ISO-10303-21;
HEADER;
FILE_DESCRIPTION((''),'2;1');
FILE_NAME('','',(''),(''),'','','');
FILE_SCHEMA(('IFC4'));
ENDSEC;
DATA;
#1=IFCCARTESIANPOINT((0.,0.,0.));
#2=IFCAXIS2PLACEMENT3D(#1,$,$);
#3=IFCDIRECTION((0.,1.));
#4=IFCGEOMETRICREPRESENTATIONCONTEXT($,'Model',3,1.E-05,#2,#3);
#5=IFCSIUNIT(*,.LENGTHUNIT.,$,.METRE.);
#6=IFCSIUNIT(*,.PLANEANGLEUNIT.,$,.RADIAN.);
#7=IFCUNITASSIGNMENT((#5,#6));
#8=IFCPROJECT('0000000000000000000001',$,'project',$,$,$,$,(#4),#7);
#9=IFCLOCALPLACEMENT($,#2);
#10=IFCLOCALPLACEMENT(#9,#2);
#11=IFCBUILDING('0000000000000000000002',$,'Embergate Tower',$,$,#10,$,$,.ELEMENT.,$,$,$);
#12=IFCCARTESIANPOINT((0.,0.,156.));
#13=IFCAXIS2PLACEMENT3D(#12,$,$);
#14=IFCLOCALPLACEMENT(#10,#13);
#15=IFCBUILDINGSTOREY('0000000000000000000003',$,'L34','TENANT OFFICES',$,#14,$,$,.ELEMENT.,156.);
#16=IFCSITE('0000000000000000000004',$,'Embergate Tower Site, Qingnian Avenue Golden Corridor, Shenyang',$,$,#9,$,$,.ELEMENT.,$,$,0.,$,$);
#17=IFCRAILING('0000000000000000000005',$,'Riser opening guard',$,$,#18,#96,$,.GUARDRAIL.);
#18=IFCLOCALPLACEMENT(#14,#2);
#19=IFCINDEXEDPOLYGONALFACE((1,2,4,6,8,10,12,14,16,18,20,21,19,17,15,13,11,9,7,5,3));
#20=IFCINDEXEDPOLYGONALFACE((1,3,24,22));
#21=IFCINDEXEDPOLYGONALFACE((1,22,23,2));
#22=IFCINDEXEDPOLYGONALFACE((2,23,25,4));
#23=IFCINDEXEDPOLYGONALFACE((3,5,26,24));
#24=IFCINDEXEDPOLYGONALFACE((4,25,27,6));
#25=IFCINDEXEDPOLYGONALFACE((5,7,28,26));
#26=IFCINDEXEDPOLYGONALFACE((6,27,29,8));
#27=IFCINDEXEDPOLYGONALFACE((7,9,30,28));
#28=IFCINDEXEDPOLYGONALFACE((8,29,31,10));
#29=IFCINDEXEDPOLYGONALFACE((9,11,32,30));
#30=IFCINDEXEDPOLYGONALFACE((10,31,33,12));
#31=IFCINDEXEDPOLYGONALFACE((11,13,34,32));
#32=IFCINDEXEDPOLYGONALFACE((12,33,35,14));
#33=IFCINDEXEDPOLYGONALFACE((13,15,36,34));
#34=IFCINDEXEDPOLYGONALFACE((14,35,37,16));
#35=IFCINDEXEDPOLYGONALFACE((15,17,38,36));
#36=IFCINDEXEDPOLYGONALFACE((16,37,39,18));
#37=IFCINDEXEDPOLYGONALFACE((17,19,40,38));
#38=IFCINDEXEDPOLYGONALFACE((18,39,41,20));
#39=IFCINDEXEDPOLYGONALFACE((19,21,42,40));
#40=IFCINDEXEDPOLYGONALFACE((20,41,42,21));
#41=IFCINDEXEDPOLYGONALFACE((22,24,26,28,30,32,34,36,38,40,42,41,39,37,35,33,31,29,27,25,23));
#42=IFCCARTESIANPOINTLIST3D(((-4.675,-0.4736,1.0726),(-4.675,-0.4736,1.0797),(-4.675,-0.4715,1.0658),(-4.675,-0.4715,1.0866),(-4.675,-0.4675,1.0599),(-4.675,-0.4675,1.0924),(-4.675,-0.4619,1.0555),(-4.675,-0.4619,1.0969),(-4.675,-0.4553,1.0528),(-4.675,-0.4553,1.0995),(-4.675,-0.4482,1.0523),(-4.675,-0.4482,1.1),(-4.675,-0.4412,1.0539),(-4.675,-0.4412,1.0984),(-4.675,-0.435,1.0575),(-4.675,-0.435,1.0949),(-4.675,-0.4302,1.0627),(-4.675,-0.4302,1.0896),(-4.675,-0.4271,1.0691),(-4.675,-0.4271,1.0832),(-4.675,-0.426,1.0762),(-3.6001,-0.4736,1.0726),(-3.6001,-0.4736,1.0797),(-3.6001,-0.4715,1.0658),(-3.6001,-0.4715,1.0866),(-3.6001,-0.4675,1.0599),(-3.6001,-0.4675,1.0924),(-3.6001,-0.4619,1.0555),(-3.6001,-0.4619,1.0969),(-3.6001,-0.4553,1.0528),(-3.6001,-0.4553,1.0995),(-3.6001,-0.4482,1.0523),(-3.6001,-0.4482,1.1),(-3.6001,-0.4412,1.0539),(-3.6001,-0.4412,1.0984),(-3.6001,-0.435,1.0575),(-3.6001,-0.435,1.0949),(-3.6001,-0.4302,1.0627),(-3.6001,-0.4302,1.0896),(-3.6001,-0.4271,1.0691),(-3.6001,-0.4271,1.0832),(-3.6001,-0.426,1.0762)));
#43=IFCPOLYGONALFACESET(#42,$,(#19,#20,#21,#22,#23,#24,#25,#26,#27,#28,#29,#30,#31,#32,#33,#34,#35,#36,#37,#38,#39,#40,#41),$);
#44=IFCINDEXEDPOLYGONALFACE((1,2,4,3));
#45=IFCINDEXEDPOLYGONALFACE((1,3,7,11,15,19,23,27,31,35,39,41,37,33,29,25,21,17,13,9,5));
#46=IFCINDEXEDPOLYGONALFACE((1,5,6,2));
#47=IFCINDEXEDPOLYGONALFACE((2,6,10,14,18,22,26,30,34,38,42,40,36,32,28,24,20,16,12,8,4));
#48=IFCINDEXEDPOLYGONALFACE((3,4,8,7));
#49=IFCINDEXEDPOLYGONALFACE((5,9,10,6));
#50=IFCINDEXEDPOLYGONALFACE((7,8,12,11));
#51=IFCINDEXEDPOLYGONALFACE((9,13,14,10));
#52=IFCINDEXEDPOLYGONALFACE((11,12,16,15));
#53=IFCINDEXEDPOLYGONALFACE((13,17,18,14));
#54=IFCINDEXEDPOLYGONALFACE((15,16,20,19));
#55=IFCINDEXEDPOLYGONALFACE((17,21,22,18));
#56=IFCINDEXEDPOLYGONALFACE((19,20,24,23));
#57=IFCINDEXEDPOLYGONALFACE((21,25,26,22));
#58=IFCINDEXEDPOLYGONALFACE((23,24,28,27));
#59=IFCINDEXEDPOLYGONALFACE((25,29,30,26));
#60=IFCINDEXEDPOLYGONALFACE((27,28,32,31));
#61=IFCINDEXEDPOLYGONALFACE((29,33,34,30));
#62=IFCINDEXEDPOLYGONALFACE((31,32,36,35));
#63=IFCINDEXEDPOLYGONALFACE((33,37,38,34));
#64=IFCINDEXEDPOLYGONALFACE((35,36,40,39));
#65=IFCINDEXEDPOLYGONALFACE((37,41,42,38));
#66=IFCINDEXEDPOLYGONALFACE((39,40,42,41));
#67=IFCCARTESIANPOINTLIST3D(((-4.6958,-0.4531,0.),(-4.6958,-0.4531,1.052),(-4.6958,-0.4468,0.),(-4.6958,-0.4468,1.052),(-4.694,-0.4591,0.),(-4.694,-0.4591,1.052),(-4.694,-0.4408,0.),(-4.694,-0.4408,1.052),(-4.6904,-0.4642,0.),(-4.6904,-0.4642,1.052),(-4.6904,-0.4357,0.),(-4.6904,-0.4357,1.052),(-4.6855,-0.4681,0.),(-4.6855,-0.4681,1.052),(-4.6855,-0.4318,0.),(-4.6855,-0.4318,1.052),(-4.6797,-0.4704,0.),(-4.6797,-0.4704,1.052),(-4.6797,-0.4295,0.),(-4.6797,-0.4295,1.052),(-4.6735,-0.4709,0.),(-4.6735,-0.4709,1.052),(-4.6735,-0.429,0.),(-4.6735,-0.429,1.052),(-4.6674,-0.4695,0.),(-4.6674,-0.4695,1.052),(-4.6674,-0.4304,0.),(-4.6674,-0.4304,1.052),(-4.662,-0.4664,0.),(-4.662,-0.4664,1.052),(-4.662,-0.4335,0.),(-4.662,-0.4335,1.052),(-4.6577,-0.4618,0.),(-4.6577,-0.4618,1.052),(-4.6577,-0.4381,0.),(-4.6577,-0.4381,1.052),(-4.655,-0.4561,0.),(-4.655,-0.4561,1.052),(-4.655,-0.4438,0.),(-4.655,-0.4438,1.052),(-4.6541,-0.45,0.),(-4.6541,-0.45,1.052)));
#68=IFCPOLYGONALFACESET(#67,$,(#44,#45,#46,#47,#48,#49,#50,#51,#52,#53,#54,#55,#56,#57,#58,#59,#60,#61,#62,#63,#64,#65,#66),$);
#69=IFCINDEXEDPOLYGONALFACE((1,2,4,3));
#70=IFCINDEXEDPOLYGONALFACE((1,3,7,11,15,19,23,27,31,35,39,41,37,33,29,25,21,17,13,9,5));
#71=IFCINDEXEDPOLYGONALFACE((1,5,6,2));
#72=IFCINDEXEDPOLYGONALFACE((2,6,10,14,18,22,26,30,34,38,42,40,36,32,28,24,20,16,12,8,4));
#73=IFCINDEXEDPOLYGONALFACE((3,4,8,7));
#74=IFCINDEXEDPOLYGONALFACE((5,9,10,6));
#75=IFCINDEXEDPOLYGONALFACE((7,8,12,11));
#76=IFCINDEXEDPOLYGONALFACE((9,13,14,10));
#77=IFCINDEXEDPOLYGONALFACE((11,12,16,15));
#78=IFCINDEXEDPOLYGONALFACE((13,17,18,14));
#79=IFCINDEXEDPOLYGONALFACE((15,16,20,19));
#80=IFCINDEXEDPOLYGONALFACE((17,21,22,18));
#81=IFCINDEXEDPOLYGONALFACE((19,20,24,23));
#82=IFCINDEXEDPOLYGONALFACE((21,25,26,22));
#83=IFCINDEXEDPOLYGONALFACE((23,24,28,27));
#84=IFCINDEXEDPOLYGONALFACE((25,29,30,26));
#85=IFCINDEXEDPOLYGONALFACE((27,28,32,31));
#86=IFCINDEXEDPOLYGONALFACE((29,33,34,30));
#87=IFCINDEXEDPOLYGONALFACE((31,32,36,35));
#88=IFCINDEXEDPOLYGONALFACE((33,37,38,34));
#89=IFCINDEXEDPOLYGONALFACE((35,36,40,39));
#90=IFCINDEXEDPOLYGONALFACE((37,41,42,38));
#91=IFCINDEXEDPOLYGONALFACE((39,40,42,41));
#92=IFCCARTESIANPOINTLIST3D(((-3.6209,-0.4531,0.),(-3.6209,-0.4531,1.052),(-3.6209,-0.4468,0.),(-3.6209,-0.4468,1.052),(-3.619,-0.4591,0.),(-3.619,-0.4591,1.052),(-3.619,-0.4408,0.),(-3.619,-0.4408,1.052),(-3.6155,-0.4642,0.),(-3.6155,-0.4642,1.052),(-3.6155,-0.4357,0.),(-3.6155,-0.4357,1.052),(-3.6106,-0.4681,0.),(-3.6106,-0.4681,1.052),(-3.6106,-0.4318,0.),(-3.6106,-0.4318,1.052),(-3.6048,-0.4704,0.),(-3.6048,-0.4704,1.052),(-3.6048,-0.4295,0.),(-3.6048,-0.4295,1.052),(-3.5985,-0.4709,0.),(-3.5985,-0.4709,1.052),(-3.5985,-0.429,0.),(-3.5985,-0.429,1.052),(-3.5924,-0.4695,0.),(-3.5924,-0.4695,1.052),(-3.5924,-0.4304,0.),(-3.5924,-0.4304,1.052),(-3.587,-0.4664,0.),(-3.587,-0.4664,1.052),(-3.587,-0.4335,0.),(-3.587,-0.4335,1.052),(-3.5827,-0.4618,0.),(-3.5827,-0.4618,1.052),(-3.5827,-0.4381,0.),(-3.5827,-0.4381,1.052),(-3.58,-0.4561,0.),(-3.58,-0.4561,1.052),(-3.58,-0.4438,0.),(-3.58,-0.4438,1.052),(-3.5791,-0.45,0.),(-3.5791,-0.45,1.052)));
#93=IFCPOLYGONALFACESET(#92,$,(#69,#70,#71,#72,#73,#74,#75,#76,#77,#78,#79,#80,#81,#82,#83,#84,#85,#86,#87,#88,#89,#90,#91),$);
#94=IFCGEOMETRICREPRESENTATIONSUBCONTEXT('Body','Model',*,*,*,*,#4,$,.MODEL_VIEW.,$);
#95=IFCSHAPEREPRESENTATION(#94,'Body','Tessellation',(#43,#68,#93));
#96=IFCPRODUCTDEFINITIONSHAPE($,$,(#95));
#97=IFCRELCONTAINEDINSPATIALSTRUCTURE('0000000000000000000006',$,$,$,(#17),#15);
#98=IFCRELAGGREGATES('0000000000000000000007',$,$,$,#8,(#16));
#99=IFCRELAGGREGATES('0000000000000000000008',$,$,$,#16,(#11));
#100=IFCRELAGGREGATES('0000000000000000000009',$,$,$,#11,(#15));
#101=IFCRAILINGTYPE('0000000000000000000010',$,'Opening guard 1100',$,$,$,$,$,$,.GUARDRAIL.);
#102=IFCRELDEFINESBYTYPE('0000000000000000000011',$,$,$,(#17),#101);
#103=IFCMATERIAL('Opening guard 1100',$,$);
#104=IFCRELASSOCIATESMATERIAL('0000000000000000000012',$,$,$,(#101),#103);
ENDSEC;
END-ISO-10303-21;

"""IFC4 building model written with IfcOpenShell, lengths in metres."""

from ifc_helpers import new_model, si_unit, direction, frame, origin, origin_2d, place, context, subcontext, project, spatial, circle, extrude, source, transform, mapped, material, type_object, element, save


model = new_model("IFC4")

# Units and contexts
model_context = context("Model", 3, precision=1e-05, world=origin(), true_north=direction((0.0, 1.0)))
body_context = subcontext(model_context, "Body", "Model", "MODEL_VIEW")
ifc_project = project(units=[si_unit("LENGTHUNIT", "METRE"), si_unit("PLANEANGLEUNIT", "RADIAN")], contexts=[model_context])

# Site, building, storey
site_placement = place(None, origin())
site = spatial("IfcSite", under=ifc_project, at=site_placement, Name="Embergate Tower Site, Qingnian Avenue Golden Corridor, Shenyang", CompositionType="ELEMENT", RefElevation=0.0)
building_placement = place(site_placement, origin())
building = spatial("IfcBuilding", under=site, at=building_placement, Name="Embergate Tower", CompositionType="ELEMENT")
storey_placement = place(building_placement, frame((0.0, 0.0, 156.0)))
storey = spatial("IfcBuildingStorey", under=building, at=storey_placement, Name="L34", Description="TENANT OFFICES", CompositionType="ELEMENT", Elevation=156.0)

# Railing
ifc_material_1 = material(Name="Opening guard 1100")
railing_type_1 = type_object("IfcRailingType", Name="Opening guard 1100", PredefinedType="GUARDRAIL", material=ifc_material_1)
shared_shape_1 = source(origin(), body_context, "Body", "SweptSolid", [
    extrude(circle(Radius=0.0239, at=origin_2d()), frame((0.0, 0.0, 1.0762), z_axis=(1.0, 0.0, 0.0), x_axis=(0.0, 1.0, 0.0)), (0.0, 0.0, 1.0), 1.075),
    extrude(circle(Radius=0.021, at=origin_2d()), origin(), (0.0, 0.0, 1.0), 1.052),
    extrude(circle(Radius=0.021, at=origin_2d()), frame((1.075, 0.0, 0.0)), (0.0, 0.0, 1.0), 1.052),
])
railing_1_placement = place(storey_placement, frame((-4.675, -0.45, 0.0)))
element("IfcRailing", 1, at=railing_1_placement, inside=storey, type_object=railing_type_1, Name="Riser opening guard", PredefinedType="GUARDRAIL", context=body_context, shape_type="MappedRepresentation", body=[
    mapped(shared_shape_1, transform((0.0, 0.0, 0.0))),
])

save(model, "model.ifc")
